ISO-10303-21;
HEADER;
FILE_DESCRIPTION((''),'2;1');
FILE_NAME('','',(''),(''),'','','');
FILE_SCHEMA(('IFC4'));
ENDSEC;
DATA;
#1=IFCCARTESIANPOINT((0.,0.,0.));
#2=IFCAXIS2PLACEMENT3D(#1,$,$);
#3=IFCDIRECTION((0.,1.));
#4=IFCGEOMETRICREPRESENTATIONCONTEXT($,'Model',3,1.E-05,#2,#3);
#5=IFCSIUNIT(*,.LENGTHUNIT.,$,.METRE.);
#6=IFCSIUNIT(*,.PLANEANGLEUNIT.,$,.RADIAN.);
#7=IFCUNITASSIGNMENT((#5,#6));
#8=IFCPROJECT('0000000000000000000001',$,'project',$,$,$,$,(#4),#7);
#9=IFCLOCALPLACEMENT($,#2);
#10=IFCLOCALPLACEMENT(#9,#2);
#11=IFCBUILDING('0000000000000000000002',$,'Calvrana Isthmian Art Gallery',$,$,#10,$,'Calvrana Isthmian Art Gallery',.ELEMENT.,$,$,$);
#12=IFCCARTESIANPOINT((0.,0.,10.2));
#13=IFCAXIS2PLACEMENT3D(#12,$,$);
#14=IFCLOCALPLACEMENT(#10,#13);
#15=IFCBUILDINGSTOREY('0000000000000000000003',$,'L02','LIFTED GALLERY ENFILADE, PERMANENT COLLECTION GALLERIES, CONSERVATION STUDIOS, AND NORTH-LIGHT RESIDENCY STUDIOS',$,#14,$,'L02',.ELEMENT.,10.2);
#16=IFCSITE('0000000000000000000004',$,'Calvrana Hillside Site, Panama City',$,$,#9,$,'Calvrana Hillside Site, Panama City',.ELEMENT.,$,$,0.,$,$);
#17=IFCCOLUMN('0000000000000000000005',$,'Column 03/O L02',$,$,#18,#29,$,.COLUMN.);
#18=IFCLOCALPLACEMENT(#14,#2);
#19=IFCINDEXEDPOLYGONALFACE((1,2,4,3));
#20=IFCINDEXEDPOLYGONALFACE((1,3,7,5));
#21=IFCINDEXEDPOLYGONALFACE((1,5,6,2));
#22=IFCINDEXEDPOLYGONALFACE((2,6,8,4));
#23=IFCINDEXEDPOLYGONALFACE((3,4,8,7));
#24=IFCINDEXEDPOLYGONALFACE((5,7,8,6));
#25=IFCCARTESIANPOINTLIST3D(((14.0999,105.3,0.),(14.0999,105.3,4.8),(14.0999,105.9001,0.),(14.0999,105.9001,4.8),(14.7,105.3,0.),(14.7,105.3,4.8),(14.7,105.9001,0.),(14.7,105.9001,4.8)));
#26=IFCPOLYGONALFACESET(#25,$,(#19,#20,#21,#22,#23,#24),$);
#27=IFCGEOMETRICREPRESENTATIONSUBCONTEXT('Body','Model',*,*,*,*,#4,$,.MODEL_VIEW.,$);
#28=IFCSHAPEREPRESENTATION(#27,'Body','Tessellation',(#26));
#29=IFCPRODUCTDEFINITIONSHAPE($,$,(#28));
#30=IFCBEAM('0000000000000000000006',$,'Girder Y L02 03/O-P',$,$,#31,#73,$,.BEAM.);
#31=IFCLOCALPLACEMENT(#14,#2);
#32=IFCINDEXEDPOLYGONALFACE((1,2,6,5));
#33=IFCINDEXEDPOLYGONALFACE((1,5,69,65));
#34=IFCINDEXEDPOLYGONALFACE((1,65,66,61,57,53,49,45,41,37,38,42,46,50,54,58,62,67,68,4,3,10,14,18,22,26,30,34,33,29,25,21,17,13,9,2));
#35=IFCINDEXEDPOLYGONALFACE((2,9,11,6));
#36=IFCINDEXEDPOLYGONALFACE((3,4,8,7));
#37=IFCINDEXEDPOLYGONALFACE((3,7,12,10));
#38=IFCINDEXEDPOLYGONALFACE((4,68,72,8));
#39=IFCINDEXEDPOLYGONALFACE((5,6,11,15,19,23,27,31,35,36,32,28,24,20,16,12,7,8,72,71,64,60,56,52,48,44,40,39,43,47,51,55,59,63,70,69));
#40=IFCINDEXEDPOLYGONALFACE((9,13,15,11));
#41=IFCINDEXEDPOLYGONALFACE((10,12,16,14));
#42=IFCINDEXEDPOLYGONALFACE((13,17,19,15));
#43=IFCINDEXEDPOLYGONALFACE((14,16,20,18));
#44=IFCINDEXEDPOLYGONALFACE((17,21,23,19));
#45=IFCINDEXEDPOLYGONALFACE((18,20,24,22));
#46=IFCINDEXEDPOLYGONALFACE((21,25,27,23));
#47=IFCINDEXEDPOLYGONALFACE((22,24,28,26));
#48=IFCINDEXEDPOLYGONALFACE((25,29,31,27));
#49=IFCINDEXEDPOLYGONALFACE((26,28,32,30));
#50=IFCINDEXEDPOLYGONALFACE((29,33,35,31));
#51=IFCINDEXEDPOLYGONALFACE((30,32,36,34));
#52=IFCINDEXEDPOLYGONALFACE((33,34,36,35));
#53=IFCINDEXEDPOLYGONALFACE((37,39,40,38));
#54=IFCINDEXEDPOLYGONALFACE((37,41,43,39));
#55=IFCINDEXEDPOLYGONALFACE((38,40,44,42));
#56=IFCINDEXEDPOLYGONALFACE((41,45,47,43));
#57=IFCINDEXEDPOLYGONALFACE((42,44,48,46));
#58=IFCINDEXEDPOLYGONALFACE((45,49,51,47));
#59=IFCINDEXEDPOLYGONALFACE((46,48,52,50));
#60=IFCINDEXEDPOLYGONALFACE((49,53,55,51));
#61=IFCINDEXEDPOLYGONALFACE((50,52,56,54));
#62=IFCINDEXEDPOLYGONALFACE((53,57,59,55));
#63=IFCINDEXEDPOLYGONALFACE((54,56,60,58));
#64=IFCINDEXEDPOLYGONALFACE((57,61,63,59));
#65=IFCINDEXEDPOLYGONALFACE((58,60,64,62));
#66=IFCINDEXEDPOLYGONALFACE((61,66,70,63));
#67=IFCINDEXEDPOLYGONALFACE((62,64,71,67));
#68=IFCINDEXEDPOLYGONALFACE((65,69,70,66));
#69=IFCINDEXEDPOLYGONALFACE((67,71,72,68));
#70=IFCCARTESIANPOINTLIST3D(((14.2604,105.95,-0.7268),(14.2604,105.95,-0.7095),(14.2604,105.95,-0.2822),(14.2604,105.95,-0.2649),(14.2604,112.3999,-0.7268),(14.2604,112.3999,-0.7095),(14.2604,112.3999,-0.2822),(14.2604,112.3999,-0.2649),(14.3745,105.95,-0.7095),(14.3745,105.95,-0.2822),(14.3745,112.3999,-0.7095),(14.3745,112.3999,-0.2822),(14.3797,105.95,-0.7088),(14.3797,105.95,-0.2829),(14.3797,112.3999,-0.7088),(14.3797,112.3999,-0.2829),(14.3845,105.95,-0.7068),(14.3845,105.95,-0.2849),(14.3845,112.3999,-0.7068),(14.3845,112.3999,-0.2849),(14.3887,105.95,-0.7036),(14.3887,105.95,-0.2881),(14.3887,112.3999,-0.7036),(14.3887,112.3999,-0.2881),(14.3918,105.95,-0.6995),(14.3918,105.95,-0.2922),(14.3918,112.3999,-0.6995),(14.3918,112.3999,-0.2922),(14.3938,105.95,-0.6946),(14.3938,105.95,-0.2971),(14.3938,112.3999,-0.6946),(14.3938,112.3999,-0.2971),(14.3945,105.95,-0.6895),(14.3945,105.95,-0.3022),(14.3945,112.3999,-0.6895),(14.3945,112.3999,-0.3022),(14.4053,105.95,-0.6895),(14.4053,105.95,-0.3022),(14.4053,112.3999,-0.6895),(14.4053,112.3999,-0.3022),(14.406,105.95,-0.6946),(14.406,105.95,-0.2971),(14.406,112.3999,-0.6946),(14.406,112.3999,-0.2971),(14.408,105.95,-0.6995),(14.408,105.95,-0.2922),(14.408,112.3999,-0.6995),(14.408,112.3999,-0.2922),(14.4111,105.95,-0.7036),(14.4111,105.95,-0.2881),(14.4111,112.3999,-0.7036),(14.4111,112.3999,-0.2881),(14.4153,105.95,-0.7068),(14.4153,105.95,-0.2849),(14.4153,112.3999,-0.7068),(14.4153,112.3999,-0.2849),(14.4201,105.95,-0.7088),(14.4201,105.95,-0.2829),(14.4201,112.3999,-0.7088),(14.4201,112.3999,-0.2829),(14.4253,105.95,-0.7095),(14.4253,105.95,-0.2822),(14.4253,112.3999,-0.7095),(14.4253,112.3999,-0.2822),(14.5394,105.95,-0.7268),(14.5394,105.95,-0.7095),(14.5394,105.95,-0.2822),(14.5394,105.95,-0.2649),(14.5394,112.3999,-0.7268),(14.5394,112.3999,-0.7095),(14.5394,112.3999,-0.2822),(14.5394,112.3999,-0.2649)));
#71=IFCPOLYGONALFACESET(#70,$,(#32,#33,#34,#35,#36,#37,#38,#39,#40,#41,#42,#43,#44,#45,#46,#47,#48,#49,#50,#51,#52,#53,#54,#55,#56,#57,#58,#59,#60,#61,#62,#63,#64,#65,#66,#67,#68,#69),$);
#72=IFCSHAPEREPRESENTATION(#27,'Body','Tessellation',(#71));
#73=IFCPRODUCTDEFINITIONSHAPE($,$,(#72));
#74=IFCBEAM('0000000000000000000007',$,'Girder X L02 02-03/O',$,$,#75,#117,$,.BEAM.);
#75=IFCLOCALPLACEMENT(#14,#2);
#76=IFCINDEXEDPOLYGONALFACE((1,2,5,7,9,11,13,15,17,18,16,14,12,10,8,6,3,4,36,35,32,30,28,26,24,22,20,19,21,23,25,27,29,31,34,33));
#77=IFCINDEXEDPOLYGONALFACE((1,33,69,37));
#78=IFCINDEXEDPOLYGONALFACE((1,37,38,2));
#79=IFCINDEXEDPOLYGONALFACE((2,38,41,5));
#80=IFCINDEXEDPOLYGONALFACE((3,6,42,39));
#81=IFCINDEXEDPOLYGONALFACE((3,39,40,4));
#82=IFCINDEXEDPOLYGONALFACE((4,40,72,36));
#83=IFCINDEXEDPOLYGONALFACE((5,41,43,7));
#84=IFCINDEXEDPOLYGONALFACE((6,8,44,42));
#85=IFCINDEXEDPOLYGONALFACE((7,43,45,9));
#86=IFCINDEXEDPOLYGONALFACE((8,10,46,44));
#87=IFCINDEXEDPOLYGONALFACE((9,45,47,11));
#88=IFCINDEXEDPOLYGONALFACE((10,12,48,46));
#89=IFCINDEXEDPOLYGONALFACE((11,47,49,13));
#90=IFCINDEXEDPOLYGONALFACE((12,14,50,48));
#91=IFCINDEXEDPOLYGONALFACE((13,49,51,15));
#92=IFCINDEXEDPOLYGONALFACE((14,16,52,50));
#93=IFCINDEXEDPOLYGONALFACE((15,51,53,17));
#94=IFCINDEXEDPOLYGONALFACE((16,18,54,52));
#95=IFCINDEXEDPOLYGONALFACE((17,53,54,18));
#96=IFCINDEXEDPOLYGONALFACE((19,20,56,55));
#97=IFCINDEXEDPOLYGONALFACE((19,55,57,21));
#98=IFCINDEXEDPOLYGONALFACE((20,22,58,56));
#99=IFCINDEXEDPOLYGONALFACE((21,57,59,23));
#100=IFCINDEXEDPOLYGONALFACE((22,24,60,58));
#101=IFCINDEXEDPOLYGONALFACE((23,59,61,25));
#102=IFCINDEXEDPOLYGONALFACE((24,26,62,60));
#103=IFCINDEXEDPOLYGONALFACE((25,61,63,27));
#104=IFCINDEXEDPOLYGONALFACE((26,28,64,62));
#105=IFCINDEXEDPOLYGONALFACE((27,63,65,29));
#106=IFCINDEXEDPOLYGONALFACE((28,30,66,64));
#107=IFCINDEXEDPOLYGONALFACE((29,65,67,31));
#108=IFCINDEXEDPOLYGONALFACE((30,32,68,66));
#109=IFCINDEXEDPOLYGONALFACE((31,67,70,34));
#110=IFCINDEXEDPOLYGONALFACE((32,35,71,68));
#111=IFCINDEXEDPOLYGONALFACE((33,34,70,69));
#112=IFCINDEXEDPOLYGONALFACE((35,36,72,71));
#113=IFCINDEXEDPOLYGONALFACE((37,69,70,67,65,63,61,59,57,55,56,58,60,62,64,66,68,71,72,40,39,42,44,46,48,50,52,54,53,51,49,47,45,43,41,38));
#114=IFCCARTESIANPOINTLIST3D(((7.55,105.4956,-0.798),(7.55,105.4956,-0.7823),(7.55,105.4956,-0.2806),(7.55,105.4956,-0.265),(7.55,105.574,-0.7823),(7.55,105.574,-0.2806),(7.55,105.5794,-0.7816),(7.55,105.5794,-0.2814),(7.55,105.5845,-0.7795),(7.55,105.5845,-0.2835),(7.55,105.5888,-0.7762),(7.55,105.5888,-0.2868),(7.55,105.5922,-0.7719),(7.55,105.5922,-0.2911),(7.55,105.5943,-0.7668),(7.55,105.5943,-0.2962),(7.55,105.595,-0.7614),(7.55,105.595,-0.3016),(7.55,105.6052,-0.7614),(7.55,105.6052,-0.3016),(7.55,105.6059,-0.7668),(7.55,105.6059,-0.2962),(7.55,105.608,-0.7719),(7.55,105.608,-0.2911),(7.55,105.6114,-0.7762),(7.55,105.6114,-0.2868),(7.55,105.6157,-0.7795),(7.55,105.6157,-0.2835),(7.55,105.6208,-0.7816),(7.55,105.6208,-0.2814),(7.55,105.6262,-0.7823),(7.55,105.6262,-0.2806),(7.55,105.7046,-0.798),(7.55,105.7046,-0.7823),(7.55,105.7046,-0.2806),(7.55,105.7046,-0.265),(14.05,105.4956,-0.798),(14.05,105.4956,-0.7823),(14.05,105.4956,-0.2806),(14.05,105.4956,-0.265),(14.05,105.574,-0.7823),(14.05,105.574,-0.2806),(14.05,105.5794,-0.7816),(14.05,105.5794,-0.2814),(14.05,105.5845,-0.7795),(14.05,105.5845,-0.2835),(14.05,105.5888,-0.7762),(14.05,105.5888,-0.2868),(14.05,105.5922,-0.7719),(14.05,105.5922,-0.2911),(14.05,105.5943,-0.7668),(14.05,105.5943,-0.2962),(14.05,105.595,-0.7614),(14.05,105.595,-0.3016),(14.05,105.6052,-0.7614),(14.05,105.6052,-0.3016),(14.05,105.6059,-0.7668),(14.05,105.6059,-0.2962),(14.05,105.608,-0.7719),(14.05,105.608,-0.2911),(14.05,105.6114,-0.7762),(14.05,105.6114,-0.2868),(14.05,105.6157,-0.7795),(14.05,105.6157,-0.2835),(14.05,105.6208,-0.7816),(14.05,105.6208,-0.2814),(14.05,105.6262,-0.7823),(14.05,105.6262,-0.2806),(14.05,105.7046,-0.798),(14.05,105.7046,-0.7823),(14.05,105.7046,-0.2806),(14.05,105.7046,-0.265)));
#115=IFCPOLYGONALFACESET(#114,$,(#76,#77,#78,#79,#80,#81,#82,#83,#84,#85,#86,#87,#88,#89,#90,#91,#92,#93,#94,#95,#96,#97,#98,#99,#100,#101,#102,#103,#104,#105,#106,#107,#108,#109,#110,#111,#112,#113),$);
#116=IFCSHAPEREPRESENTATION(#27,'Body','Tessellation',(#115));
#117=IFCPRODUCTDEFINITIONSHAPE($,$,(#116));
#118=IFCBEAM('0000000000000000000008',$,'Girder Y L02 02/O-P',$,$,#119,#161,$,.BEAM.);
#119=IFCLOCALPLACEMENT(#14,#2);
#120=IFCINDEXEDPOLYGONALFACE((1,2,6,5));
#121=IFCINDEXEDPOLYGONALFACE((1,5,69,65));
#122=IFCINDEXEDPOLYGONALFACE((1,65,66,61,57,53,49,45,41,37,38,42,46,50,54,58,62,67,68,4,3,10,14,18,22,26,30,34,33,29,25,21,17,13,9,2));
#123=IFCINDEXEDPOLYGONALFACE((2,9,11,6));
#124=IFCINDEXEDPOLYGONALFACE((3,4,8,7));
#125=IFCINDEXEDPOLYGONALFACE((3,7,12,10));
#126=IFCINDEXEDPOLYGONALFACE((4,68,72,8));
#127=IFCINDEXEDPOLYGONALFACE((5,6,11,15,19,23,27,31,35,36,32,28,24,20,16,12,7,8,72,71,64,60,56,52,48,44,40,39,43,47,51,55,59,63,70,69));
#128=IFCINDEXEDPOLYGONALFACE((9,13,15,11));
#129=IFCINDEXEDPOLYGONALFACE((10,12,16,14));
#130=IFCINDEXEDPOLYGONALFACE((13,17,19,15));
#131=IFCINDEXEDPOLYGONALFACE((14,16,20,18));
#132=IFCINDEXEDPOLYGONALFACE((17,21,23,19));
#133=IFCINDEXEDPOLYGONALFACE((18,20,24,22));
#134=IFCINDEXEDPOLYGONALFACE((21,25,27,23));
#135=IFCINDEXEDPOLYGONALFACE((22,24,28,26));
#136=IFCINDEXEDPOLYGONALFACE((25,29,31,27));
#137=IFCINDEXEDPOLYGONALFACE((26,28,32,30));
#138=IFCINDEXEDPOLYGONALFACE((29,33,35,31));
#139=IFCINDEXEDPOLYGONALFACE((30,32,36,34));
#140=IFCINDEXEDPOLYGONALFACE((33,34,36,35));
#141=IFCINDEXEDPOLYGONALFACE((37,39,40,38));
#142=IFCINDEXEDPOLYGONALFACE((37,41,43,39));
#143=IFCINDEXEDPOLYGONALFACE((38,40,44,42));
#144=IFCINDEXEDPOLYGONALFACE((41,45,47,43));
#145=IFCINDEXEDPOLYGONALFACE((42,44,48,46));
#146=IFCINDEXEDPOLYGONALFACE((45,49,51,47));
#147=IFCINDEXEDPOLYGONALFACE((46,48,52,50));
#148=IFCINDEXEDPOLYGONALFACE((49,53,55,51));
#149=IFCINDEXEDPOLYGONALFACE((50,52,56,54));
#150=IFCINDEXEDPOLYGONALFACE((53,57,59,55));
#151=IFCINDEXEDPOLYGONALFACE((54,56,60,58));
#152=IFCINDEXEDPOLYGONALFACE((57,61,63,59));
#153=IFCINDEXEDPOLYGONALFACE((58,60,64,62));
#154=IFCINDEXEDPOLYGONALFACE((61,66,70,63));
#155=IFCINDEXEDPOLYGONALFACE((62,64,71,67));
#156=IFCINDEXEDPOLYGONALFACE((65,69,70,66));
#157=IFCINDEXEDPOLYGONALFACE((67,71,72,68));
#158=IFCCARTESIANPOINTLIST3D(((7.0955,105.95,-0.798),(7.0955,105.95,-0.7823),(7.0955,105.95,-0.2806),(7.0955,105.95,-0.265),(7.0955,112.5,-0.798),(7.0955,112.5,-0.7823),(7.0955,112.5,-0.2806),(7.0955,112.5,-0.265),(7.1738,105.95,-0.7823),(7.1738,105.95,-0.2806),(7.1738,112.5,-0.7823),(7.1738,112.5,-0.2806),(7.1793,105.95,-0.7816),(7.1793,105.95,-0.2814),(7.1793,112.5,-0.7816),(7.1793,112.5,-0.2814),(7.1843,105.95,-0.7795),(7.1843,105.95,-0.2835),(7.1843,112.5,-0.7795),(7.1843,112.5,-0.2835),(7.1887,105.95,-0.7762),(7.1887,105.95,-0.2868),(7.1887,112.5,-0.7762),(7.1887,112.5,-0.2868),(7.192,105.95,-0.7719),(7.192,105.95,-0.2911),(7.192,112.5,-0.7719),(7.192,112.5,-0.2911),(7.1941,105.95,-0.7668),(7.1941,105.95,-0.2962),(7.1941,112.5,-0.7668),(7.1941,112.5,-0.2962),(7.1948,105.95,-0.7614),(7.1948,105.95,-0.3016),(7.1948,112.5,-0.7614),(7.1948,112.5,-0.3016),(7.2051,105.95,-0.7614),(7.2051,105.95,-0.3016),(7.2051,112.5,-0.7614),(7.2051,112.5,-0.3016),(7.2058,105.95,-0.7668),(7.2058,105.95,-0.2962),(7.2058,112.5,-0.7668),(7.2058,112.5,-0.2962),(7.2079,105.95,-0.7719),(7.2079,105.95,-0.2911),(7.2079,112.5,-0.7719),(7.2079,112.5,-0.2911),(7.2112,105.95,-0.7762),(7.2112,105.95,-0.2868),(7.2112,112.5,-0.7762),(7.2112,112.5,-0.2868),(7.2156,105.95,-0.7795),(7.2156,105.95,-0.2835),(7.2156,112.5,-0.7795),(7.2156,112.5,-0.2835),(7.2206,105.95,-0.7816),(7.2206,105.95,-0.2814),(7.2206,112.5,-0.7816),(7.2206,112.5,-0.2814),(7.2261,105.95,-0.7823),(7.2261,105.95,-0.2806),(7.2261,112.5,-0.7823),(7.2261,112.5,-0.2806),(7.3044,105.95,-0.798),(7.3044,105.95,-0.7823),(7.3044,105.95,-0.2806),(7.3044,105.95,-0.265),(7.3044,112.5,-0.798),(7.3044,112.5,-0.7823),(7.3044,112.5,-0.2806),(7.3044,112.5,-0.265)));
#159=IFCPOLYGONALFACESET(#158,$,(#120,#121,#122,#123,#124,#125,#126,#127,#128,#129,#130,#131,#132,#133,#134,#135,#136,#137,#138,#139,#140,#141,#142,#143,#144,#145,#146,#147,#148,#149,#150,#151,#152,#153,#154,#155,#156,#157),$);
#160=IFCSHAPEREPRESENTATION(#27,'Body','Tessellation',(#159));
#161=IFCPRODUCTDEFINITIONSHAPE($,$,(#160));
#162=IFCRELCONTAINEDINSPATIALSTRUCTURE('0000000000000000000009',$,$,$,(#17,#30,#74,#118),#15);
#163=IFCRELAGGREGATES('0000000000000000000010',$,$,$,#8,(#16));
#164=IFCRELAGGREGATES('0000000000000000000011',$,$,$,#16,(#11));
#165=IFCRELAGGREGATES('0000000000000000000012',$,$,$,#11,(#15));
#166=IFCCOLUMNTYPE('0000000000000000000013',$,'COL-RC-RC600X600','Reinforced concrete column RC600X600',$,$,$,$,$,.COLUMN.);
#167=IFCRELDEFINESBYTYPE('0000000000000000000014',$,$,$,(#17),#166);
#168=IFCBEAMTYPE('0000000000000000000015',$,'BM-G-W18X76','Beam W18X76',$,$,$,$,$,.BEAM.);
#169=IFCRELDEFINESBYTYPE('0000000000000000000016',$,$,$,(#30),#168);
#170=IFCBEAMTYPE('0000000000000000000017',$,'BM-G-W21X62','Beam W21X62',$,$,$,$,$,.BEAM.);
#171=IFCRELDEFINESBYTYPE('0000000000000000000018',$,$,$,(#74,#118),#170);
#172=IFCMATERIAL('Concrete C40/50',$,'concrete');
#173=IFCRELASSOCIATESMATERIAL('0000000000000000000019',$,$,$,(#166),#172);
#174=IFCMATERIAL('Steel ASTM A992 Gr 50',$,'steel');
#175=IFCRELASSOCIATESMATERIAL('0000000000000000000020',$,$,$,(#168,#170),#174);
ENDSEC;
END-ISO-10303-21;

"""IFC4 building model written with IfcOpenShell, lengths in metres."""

from ifc_helpers import new_model, si_unit, direction, frame, origin, origin_2d, place, context, subcontext, project, spatial, rectangle, i_section, extrude, material, material_profile, profile_set, type_object, element, save


model = new_model("IFC4")

# Units and contexts
model_context = context("Model", 3, precision=1e-05, world=origin(), true_north=direction((0.0, 1.0)))
body_context = subcontext(model_context, "Body", "Model", "MODEL_VIEW")
ifc_project = project(units=[si_unit("LENGTHUNIT", "METRE"), si_unit("PLANEANGLEUNIT", "RADIAN")], contexts=[model_context])

# Site, building, storey
site_placement = place(None, origin())
site = spatial("IfcSite", under=ifc_project, at=site_placement, Name="Calvrana Hillside Site, Panama City", LongName="Calvrana Hillside Site, Panama City", CompositionType="ELEMENT", RefElevation=0.0)
building_placement = place(site_placement, origin())
building = spatial("IfcBuilding", under=site, at=building_placement, Name="Calvrana Isthmian Art Gallery", LongName="Calvrana Isthmian Art Gallery", CompositionType="ELEMENT")
storey_placement = place(building_placement, frame((0.0, 0.0, 10.2)))
storey = spatial("IfcBuildingStorey", under=building, at=storey_placement, Name="L02", Description="LIFTED GALLERY ENFILADE, PERMANENT COLLECTION GALLERIES, CONSERVATION STUDIOS, AND NORTH-LIGHT RESIDENCY STUDIOS", LongName="L02", CompositionType="ELEMENT", Elevation=10.2)

# Column
ifc_material_1 = material(Name="Concrete C40/50", Category="concrete")
ifc_material_profile_1 = material_profile(ifc_material_1, rectangle(XDim=0.6001, YDim=0.6001, at=origin_2d()), Name="RC600X600")
ifc_profile_set_1 = profile_set([ifc_material_profile_1], Name="Concrete C40/50")
column_type = type_object("IfcColumnType", Name="COL-RC-RC600X600", Description="Reinforced concrete column RC600X600", PredefinedType="COLUMN", material=ifc_profile_set_1)
column_placement = place(storey_placement, frame((14.3999, 105.6001, 0.0), z_axis=(0.0, 0.0, 1.0), x_axis=(1.0, 0.0, 0.0)))
element("IfcColumn", 1, at=column_placement, inside=storey, type_object=column_type, Name="Column 03/O L02", PredefinedType="COLUMN", context=body_context, shape_type="SweptSolid", body=[
    extrude(rectangle(XDim=0.6001, YDim=0.6001, at=origin_2d()), origin(), (0.0, 0.0, 1.0), 4.8),
])

# Beams
ifc_material_2 = material(Name="Steel ASTM A992 Gr 50", Category="steel")
ifc_material_profile_2 = material_profile(ifc_material_2, i_section(OverallWidth=0.2791, OverallDepth=0.4619, WebThickness=0.0107, FlangeThickness=0.0173, FilletRadius=0.02, at=origin_2d()), Name="W18X76")
ifc_profile_set_2 = profile_set([ifc_material_profile_2], Name="Steel ASTM A992 Gr 50")
beam_type_1 = type_object("IfcBeamType", Name="BM-G-W18X76", Description="Beam W18X76", PredefinedType="BEAM", material=ifc_profile_set_2)
beam_1_placement = place(storey_placement, frame((14.3999, 105.95, -0.4958), z_axis=(0.0, 1.0, 0.0), x_axis=(-1.0, 0.0, 0.0)))
element("IfcBeam", 2, at=beam_1_placement, inside=storey, type_object=beam_type_1, Name="Girder Y L02 03/O-P", PredefinedType="BEAM", context=body_context, shape_type="SweptSolid", body=[
    extrude(i_section(OverallWidth=0.2791, OverallDepth=0.4619, WebThickness=0.0107, FlangeThickness=0.0173, FilletRadius=0.02, at=origin_2d()), origin(), (0.0, 0.0, 1.0), 6.45),
])
ifc_material_profile_3 = material_profile(ifc_material_2, i_section(OverallWidth=0.209, OverallDepth=0.533, WebThickness=0.0103, FlangeThickness=0.0156, FilletRadius=0.021, at=origin_2d()), Name="W21X62")
ifc_profile_set_3 = profile_set([ifc_material_profile_3], Name="Steel ASTM A992 Gr 50")
beam_type_2 = type_object("IfcBeamType", Name="BM-G-W21X62", Description="Beam W21X62", PredefinedType="BEAM", material=ifc_profile_set_3)
beam_2_placement = place(storey_placement, frame((7.55, 105.6001, -0.5315), z_axis=(1.0, 0.0, 0.0), x_axis=(0.0, 1.0, 0.0)))
element("IfcBeam", 3, at=beam_2_placement, inside=storey, type_object=beam_type_2, Name="Girder X L02 02-03/O", PredefinedType="BEAM", context=body_context, shape_type="SweptSolid", body=[
    extrude(i_section(OverallWidth=0.209, OverallDepth=0.533, WebThickness=0.0103, FlangeThickness=0.0156, FilletRadius=0.021, at=origin_2d()), origin(), (0.0, 0.0, 1.0), 6.5),
])
beam_3_placement = place(storey_placement, frame((7.2, 105.95, -0.5315), z_axis=(0.0, 1.0, 0.0), x_axis=(-1.0, 0.0, 0.0)))
element("IfcBeam", 4, at=beam_3_placement, inside=storey, type_object=beam_type_2, Name="Girder Y L02 02/O-P", PredefinedType="BEAM", context=body_context, shape_type="SweptSolid", body=[
    extrude(i_section(OverallWidth=0.209, OverallDepth=0.533, WebThickness=0.0103, FlangeThickness=0.0156, FilletRadius=0.021, at=origin_2d()), origin(), (0.0, 0.0, 1.0), 6.55),
])

save(model, "model.ifc")
